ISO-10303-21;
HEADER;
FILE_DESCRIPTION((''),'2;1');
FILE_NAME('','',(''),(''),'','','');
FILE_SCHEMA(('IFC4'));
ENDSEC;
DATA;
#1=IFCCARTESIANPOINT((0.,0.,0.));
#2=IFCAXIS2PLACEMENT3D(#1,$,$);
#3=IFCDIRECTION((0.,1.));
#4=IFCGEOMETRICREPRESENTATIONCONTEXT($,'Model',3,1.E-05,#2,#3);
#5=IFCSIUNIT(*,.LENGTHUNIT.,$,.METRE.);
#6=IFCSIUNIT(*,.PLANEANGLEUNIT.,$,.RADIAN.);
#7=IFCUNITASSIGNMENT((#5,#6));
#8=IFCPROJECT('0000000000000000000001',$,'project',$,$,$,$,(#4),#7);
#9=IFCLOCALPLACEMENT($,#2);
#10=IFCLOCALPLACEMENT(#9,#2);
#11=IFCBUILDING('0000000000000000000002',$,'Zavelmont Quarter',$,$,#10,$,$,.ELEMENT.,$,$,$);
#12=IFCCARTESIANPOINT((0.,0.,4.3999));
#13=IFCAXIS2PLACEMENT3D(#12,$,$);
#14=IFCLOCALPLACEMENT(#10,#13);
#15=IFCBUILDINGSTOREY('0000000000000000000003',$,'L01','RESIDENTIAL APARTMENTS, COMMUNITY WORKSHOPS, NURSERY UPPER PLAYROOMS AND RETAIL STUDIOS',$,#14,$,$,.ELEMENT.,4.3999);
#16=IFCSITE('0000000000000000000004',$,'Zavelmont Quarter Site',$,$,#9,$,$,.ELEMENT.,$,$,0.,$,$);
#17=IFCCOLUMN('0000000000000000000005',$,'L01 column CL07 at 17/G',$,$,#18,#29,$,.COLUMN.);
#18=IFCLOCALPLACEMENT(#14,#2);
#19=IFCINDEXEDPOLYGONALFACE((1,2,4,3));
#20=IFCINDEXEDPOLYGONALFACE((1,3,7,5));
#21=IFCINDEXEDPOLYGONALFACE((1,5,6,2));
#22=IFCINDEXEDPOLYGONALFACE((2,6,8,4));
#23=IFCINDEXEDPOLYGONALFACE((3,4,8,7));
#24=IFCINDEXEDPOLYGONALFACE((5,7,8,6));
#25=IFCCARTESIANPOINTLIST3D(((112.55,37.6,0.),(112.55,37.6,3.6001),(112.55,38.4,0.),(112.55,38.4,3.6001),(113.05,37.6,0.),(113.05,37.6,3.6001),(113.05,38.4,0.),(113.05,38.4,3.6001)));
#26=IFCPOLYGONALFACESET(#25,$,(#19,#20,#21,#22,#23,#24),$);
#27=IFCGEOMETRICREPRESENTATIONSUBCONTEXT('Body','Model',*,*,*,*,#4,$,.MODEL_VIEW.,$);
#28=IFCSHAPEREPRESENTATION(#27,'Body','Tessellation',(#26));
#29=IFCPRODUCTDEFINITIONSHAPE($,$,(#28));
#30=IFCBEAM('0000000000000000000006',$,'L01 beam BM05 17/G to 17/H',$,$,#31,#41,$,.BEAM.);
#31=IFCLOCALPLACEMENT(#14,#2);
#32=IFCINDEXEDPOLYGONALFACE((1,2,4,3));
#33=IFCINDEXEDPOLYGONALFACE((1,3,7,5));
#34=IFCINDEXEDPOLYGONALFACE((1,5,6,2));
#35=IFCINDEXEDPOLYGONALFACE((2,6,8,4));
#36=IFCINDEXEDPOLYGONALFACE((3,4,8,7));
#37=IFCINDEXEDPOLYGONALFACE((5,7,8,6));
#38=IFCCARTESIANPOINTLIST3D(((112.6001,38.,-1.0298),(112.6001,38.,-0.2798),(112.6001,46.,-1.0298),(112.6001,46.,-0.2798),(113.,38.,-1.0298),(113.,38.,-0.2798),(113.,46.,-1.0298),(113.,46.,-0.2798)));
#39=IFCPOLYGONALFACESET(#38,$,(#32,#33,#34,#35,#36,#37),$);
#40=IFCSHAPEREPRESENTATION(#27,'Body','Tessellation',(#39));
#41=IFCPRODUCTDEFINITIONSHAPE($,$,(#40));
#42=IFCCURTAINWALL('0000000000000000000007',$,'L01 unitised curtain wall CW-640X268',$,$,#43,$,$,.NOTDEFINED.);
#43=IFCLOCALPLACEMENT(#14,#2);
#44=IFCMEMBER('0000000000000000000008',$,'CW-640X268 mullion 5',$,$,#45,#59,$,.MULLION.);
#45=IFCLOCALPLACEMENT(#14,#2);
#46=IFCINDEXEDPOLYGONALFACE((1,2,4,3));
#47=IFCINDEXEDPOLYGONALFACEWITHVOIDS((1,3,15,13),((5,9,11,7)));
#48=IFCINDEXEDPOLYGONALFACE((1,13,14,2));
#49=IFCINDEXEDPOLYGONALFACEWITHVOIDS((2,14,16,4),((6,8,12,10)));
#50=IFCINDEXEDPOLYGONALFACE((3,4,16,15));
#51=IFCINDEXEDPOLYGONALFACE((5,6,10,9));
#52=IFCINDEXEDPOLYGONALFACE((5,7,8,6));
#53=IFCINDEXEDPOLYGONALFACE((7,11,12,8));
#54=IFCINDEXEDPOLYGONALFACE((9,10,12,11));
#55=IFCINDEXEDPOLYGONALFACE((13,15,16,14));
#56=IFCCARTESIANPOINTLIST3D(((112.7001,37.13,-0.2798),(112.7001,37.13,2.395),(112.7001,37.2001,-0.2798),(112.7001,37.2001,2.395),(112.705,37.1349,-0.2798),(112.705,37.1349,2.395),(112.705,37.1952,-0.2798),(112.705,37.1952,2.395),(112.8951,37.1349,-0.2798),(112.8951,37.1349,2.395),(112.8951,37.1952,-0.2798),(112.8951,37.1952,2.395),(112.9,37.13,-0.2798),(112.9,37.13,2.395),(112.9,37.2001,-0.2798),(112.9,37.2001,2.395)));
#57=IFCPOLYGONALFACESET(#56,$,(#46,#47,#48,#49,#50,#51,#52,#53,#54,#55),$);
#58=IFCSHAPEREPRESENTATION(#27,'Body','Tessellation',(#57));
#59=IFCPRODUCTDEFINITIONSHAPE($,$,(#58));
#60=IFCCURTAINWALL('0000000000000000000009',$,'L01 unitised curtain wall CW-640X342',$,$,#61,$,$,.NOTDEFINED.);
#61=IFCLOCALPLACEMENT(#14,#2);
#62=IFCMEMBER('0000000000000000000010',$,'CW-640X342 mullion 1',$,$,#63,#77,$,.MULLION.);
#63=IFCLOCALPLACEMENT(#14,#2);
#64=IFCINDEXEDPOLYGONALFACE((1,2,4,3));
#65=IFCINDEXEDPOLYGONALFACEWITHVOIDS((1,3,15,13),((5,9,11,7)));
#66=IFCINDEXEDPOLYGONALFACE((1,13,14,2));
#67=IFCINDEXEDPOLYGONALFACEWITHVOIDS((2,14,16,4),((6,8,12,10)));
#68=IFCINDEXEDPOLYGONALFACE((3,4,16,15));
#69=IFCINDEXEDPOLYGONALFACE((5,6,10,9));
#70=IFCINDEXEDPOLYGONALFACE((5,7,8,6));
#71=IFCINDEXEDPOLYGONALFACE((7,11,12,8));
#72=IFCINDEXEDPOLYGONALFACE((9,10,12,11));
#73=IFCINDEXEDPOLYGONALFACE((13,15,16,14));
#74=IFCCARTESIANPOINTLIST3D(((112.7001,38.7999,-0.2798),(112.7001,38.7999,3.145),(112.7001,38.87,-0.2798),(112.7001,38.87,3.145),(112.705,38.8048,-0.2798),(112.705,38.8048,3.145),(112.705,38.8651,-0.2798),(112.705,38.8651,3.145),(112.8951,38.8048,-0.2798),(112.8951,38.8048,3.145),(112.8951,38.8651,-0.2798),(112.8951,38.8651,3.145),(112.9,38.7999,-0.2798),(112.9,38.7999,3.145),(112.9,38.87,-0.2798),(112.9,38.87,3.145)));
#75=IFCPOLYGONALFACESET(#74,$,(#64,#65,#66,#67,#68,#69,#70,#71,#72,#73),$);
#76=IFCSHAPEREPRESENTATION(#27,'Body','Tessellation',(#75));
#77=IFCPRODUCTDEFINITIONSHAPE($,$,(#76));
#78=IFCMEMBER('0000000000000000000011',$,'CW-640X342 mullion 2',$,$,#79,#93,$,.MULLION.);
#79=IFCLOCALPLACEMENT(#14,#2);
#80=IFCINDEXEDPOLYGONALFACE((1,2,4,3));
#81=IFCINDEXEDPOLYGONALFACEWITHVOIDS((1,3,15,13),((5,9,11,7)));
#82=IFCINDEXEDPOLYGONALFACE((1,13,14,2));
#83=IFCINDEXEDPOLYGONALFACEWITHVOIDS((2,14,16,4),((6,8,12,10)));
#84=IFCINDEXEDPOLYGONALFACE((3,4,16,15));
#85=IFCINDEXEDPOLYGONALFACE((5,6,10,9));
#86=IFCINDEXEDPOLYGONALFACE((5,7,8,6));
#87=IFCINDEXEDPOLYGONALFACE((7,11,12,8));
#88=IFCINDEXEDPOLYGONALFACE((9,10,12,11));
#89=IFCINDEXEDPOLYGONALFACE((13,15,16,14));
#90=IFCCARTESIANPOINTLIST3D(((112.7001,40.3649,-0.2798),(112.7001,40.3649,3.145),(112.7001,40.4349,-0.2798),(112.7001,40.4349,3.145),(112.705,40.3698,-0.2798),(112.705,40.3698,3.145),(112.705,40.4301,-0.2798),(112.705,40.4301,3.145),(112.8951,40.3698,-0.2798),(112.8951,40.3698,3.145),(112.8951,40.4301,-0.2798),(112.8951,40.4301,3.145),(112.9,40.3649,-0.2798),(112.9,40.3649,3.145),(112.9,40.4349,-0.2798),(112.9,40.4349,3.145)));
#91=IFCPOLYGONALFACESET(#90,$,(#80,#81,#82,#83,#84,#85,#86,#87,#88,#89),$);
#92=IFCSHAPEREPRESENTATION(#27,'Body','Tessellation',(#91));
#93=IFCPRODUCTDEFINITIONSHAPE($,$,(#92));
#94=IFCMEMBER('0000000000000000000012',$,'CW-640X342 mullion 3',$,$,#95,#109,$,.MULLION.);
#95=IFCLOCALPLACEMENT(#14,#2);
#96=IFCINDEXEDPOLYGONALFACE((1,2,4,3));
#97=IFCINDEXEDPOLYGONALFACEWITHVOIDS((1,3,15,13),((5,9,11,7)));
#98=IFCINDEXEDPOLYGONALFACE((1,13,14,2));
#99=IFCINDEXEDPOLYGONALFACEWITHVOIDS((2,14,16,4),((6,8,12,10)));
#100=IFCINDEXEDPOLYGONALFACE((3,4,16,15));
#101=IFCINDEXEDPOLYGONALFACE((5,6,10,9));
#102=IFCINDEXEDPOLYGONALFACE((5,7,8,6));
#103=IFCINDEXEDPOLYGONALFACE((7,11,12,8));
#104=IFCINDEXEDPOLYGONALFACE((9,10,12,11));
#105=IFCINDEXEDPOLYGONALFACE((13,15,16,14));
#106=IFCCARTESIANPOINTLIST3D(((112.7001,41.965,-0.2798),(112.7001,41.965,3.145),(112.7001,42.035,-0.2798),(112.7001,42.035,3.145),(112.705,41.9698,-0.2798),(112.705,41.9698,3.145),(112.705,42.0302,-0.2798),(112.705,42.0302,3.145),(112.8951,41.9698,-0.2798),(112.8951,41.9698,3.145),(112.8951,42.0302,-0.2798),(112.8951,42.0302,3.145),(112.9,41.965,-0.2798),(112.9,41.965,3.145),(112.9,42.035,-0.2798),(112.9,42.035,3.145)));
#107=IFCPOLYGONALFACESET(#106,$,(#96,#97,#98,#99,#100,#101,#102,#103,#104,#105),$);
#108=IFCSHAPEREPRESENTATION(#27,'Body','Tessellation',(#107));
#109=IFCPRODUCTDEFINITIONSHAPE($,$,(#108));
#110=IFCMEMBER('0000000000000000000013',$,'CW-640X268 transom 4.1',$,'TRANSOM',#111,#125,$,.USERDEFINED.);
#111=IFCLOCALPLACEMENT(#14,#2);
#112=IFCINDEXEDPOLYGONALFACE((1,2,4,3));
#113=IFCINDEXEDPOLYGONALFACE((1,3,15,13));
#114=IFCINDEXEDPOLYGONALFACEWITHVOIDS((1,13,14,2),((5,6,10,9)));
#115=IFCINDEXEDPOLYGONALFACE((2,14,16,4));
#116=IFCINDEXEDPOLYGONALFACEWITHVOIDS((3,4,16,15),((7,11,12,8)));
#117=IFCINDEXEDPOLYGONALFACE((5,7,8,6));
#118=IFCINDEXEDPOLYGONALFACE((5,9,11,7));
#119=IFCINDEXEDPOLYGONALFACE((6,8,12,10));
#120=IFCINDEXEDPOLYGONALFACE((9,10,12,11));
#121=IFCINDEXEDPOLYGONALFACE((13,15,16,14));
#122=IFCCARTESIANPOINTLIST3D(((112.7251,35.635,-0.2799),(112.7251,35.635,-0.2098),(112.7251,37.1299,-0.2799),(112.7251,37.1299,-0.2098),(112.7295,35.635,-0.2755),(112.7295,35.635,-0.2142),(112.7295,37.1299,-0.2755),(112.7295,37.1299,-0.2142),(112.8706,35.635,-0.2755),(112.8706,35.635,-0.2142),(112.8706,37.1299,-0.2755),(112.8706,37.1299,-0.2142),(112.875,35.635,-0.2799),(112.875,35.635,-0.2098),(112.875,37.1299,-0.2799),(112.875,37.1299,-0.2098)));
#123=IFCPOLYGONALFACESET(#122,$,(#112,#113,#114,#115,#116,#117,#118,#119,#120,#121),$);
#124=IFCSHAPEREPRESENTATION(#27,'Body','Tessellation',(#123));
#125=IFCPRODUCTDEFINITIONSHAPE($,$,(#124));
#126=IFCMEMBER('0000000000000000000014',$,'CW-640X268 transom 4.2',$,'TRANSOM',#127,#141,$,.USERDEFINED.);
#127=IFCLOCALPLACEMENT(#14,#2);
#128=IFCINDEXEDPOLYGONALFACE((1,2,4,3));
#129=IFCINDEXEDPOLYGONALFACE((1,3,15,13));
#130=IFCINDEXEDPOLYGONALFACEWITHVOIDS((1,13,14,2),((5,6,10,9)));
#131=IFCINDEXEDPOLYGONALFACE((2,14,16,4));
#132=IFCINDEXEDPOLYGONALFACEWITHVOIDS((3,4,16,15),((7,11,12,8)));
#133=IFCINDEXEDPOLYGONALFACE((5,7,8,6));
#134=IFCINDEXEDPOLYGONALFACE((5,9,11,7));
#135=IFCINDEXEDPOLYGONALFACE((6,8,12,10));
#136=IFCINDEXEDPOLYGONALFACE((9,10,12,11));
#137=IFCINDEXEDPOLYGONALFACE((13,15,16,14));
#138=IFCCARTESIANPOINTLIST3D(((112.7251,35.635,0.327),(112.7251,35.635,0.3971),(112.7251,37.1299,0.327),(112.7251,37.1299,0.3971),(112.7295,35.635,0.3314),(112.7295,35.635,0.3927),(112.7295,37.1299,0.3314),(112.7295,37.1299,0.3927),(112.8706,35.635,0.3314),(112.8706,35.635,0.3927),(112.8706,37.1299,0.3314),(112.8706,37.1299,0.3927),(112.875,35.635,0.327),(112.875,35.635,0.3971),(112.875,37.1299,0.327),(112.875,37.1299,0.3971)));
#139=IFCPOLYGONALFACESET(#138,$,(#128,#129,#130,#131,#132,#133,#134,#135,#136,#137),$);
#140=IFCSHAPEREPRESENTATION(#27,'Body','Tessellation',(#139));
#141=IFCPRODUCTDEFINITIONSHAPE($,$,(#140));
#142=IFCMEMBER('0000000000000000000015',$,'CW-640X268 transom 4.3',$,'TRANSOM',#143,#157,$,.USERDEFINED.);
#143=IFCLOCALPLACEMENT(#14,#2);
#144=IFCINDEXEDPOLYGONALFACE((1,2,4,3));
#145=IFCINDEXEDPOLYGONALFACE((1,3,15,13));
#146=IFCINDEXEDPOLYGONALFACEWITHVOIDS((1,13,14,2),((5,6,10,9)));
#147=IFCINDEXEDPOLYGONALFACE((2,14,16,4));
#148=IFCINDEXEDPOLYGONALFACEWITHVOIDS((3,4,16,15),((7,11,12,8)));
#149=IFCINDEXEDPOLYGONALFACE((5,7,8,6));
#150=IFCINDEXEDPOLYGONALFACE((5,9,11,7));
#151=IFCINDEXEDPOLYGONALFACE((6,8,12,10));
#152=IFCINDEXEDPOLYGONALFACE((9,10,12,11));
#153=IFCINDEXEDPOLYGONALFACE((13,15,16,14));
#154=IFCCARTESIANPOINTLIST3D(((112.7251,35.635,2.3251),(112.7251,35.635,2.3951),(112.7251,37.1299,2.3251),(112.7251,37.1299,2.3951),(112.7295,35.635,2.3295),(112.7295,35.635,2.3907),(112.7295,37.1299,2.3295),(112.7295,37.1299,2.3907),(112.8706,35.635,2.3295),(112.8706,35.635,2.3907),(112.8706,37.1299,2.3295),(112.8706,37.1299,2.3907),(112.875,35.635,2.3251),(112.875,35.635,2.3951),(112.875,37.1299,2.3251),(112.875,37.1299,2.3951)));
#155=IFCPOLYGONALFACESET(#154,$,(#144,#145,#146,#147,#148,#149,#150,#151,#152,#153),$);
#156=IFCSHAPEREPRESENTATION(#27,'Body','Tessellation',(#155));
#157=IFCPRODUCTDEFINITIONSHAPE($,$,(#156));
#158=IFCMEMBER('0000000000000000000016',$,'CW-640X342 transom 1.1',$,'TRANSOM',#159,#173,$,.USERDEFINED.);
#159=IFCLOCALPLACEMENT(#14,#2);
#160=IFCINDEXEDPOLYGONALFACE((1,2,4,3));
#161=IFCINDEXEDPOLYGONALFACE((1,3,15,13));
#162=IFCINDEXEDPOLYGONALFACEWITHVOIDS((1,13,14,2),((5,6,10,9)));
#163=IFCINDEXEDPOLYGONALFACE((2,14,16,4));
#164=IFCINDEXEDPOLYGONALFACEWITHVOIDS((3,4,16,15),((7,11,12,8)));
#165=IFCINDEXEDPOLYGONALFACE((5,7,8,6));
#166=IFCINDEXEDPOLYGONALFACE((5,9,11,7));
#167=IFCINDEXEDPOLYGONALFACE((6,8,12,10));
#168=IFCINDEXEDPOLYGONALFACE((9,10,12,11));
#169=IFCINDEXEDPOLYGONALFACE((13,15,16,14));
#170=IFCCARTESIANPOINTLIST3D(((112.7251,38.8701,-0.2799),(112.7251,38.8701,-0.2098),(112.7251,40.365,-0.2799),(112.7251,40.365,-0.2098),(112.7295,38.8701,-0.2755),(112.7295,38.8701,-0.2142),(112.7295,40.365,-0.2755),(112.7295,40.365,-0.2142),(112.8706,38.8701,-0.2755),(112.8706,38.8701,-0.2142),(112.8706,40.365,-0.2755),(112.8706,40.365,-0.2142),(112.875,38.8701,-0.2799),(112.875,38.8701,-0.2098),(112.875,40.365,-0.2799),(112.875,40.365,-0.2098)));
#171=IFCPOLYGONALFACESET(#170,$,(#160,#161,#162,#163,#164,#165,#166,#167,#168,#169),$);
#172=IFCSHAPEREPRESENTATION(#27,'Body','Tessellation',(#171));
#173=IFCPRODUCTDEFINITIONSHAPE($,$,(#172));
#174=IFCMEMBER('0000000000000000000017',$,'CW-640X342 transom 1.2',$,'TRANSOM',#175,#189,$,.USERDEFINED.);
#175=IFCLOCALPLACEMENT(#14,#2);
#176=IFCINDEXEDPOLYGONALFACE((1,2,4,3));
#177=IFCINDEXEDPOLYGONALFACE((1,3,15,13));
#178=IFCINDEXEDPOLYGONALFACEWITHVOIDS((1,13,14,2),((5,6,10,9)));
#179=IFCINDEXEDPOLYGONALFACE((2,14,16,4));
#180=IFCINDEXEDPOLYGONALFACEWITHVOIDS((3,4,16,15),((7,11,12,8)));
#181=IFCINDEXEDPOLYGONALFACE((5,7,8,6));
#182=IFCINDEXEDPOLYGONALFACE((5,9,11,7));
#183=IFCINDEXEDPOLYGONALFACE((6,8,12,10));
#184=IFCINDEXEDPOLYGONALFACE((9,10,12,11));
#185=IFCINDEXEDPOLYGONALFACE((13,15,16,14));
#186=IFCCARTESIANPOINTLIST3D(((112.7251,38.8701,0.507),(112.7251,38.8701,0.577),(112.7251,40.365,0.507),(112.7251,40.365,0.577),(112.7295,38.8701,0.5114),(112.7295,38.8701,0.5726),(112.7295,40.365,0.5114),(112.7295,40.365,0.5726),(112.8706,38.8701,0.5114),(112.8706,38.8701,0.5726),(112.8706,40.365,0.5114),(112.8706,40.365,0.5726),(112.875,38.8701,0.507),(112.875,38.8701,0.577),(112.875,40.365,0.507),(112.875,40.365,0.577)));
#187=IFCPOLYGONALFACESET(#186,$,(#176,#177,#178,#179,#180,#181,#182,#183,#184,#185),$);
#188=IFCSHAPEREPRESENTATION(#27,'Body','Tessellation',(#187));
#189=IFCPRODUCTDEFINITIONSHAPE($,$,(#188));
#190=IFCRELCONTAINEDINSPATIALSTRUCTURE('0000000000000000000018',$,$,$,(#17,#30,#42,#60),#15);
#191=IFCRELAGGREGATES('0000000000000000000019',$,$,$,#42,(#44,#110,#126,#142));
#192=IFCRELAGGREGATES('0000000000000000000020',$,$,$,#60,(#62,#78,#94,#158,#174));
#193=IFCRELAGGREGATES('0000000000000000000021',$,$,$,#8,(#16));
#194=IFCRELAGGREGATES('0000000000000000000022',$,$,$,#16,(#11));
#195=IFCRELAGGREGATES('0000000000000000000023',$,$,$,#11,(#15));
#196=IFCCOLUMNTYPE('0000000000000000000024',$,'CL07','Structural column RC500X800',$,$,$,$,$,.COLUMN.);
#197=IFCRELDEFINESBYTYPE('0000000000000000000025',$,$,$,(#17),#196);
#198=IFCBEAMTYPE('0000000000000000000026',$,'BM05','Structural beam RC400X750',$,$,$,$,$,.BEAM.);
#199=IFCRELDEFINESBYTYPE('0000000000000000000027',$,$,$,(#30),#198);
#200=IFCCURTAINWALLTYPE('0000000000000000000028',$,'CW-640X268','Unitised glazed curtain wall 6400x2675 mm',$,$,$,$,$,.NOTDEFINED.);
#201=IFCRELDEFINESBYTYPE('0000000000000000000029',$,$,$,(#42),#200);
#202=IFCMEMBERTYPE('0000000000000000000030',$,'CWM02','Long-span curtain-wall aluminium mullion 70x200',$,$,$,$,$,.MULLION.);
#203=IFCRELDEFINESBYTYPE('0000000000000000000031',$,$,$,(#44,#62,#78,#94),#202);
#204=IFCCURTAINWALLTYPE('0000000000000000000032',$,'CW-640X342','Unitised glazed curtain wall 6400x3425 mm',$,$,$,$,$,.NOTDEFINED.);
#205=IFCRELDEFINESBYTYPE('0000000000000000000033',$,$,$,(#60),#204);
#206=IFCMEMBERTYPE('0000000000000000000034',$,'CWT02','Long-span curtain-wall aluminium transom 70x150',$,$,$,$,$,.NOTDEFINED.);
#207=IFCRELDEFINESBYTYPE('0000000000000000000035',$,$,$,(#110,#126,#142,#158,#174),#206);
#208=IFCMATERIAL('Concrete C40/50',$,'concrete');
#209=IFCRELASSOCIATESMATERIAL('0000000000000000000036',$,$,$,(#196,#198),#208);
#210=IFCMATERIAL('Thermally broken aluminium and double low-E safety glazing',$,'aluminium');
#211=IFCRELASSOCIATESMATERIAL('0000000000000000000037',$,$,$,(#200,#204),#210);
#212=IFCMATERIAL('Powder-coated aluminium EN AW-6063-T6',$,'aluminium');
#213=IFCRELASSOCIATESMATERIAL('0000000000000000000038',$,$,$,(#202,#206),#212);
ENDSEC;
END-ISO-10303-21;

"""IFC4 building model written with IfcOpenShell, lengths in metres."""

from ifc_helpers import new_model, si_unit, direction, frame, origin, origin_2d, place, context, subcontext, project, spatial, rectangle, hollow_rectangle, extrude, material, material_profile, profile_set, type_object, element, aggregate, save


model = new_model("IFC4")

# Units and contexts
model_context = context("Model", 3, precision=1e-05, world=origin(), true_north=direction((0.0, 1.0)))
body_context = subcontext(model_context, "Body", "Model", "MODEL_VIEW")
ifc_project = project(units=[si_unit("LENGTHUNIT", "METRE"), si_unit("PLANEANGLEUNIT", "RADIAN")], contexts=[model_context])

# Site, building, storey
site_placement = place(None, origin())
site = spatial("IfcSite", under=ifc_project, at=site_placement, Name="Zavelmont Quarter Site", CompositionType="ELEMENT", RefElevation=0.0)
building_placement = place(site_placement, origin())
building = spatial("IfcBuilding", under=site, at=building_placement, Name="Zavelmont Quarter", CompositionType="ELEMENT")
storey_placement = place(building_placement, frame((0.0, 0.0, 4.3999)))
storey = spatial("IfcBuildingStorey", under=building, at=storey_placement, Name="L01", Description="RESIDENTIAL APARTMENTS, COMMUNITY WORKSHOPS, NURSERY UPPER PLAYROOMS AND RETAIL STUDIOS", CompositionType="ELEMENT", Elevation=4.3999)

# Column
ifc_material_1 = material(Name="Concrete C40/50", Category="concrete")
ifc_material_profile_1 = material_profile(ifc_material_1, rectangle(XDim=0.5, YDim=0.8, at=origin_2d()), Name="RC500X800")
ifc_profile_set_1 = profile_set([ifc_material_profile_1], Name="Concrete C40/50")
column_type = type_object("IfcColumnType", Name="CL07", Description="Structural column RC500X800", PredefinedType="COLUMN", material=ifc_profile_set_1)
column_placement = place(storey_placement, frame((112.8, 38.0, 0.0), z_axis=(0.0, 0.0, 1.0), x_axis=(1.0, 0.0, 0.0)))
element("IfcColumn", 1, at=column_placement, inside=storey, type_object=column_type, Name="L01 column CL07 at 17/G", PredefinedType="COLUMN", context=body_context, shape_type="SweptSolid", body=[
    extrude(rectangle(XDim=0.5, YDim=0.8, at=origin_2d()), origin(), (0.0, 0.0, 1.0), 3.6001),
])

# Beam
ifc_material_profile_2 = material_profile(ifc_material_1, rectangle(XDim=0.3999, YDim=0.75, at=origin_2d()), Name="RC400X750")
ifc_profile_set_2 = profile_set([ifc_material_profile_2], Name="Concrete C40/50")
beam_type = type_object("IfcBeamType", Name="BM05", Description="Structural beam RC400X750", PredefinedType="BEAM", material=ifc_profile_set_2)
beam_placement = place(storey_placement, frame((112.8, 38.0, -0.6548), z_axis=(0.0, 1.0, 0.0), x_axis=(-1.0, 0.0, 0.0)))
element("IfcBeam", 2, at=beam_placement, inside=storey, type_object=beam_type, Name="L01 beam BM05 17/G to 17/H", PredefinedType="BEAM", context=body_context, shape_type="SweptSolid", body=[
    extrude(rectangle(XDim=0.3999, YDim=0.75, at=origin_2d()), origin(), (0.0, 0.0, 1.0), 8.0),
])

# Curtain wall, member
ifc_material_2 = material(Name="Thermally broken aluminium and double low-E safety glazing", Category="aluminium")
curtain_wall_type_1 = type_object("IfcCurtainWallType", Name="CW-640X268", Description="Unitised glazed curtain wall 6400x2675 mm", PredefinedType="NOTDEFINED", material=ifc_material_2)
curtain_wall_1_placement = place(storey_placement, origin())
curtain_wall_1 = element("IfcCurtainWall", 3, at=curtain_wall_1_placement, inside=storey, type_object=curtain_wall_type_1, Name="L01 unitised curtain wall CW-640X268", PredefinedType="NOTDEFINED")
ifc_material_3 = material(Name="Powder-coated aluminium EN AW-6063-T6", Category="aluminium")
ifc_material_profile_3 = material_profile(ifc_material_3, hollow_rectangle(XDim=0.0701, YDim=0.2, WallThickness=0.0049, at=origin_2d()), Name="CWM70X200")
ifc_profile_set_3 = profile_set([ifc_material_profile_3], Name="Powder-coated aluminium EN AW-6063-T6")
member_type_1 = type_object("IfcMemberType", Name="CWM02", Description="Long-span curtain-wall aluminium mullion 70x200", PredefinedType="MULLION", material=ifc_profile_set_3)
member_1_placement = place(storey_placement, frame((112.8, 37.165, -0.2798), z_axis=(0.0, 0.0, 1.0), x_axis=(0.0, 1.0, 0.0)))
member_1 = element("IfcMember", 4, at=member_1_placement, type_object=member_type_1, Name="CW-640X268 mullion 5", PredefinedType="MULLION", context=body_context, shape_type="SweptSolid", body=[
    extrude(hollow_rectangle(XDim=0.0701, YDim=0.2, WallThickness=0.0049, at=origin_2d()), origin(), (0.0, 0.0, 1.0), 2.6748),
])

# Curtain wall, members
curtain_wall_type_2 = type_object("IfcCurtainWallType", Name="CW-640X342", Description="Unitised glazed curtain wall 6400x3425 mm", PredefinedType="NOTDEFINED", material=ifc_material_2)
curtain_wall_2_placement = place(storey_placement, origin())
curtain_wall_2 = element("IfcCurtainWall", 5, at=curtain_wall_2_placement, inside=storey, type_object=curtain_wall_type_2, Name="L01 unitised curtain wall CW-640X342", PredefinedType="NOTDEFINED")
member_2_placement = place(storey_placement, frame((112.8, 38.835, -0.2798), z_axis=(0.0, 0.0, 1.0), x_axis=(0.0, 1.0, 0.0)))
member_2 = element("IfcMember", 6, at=member_2_placement, type_object=member_type_1, Name="CW-640X342 mullion 1", PredefinedType="MULLION", context=body_context, shape_type="SweptSolid", body=[
    extrude(hollow_rectangle(XDim=0.0701, YDim=0.2, WallThickness=0.0049, at=origin_2d()), origin(), (0.0, 0.0, 1.0), 3.4248),
])
member_3_placement = place(storey_placement, frame((112.8, 40.3999, -0.2798), z_axis=(0.0, 0.0, 1.0), x_axis=(0.0, 1.0, 0.0)))
member_3 = element("IfcMember", 7, at=member_3_placement, type_object=member_type_1, Name="CW-640X342 mullion 2", PredefinedType="MULLION", context=body_context, shape_type="SweptSolid", body=[
    extrude(hollow_rectangle(XDim=0.0701, YDim=0.2, WallThickness=0.0049, at=origin_2d()), origin(), (0.0, 0.0, 1.0), 3.4248),
])
member_4_placement = place(storey_placement, frame((112.8, 42.0, -0.2798), z_axis=(0.0, 0.0, 1.0), x_axis=(0.0, 1.0, 0.0)))
member_4 = element("IfcMember", 8, at=member_4_placement, type_object=member_type_1, Name="CW-640X342 mullion 3", PredefinedType="MULLION", context=body_context, shape_type="SweptSolid", body=[
    extrude(hollow_rectangle(XDim=0.0701, YDim=0.2, WallThickness=0.0049, at=origin_2d()), origin(), (0.0, 0.0, 1.0), 3.4248),
])

# Members
ifc_material_profile_4 = material_profile(ifc_material_3, hollow_rectangle(XDim=0.1499, YDim=0.0701, WallThickness=0.0044, at=origin_2d()), Name="CWT70X150")
ifc_profile_set_4 = profile_set([ifc_material_profile_4], Name="Powder-coated aluminium EN AW-6063-T6")
member_type_2 = type_object("IfcMemberType", Name="CWT02", Description="Long-span curtain-wall aluminium transom 70x150", PredefinedType="NOTDEFINED", material=ifc_profile_set_4)
member_5_placement = place(storey_placement, frame((112.8, 35.635, -0.2449), z_axis=(0.0, 1.0, 0.0), x_axis=(-1.0, 0.0, 0.0)))
member_5 = element("IfcMember", 9, at=member_5_placement, type_object=member_type_2, Name="CW-640X268 transom 4.1", ObjectType="TRANSOM", PredefinedType="USERDEFINED", context=body_context, shape_type="SweptSolid", body=[
    extrude(hollow_rectangle(XDim=0.1499, YDim=0.0701, WallThickness=0.0044, at=origin_2d()), origin(), (0.0, 0.0, 1.0), 1.4949),
])
member_6_placement = place(storey_placement, frame((112.8, 35.635, 0.3621), z_axis=(0.0, 1.0, 0.0), x_axis=(-1.0, 0.0, 0.0)))
member_6 = element("IfcMember", 10, at=member_6_placement, type_object=member_type_2, Name="CW-640X268 transom 4.2", ObjectType="TRANSOM", PredefinedType="USERDEFINED", context=body_context, shape_type="SweptSolid", body=[
    extrude(hollow_rectangle(XDim=0.1499, YDim=0.0701, WallThickness=0.0044, at=origin_2d()), origin(), (0.0, 0.0, 1.0), 1.4949),
])
member_7_placement = place(storey_placement, frame((112.8, 35.635, 2.3601), z_axis=(0.0, 1.0, 0.0), x_axis=(-1.0, 0.0, 0.0)))
member_7 = element("IfcMember", 11, at=member_7_placement, type_object=member_type_2, Name="CW-640X268 transom 4.3", ObjectType="TRANSOM", PredefinedType="USERDEFINED", context=body_context, shape_type="SweptSolid", body=[
    extrude(hollow_rectangle(XDim=0.1499, YDim=0.0701, WallThickness=0.0044, at=origin_2d()), origin(), (0.0, 0.0, 1.0), 1.4949),
])
member_8_placement = place(storey_placement, frame((112.8, 38.8701, -0.2449), z_axis=(0.0, 1.0, 0.0), x_axis=(-1.0, 0.0, 0.0)))
member_8 = element("IfcMember", 12, at=member_8_placement, type_object=member_type_2, Name="CW-640X342 transom 1.1", ObjectType="TRANSOM", PredefinedType="USERDEFINED", context=body_context, shape_type="SweptSolid", body=[
    extrude(hollow_rectangle(XDim=0.1499, YDim=0.0701, WallThickness=0.0044, at=origin_2d()), origin(), (0.0, 0.0, 1.0), 1.4949),
])
member_9_placement = place(storey_placement, frame((112.8, 38.8701, 0.542), z_axis=(0.0, 1.0, 0.0), x_axis=(-1.0, 0.0, 0.0)))
member_9 = element("IfcMember", 13, at=member_9_placement, type_object=member_type_2, Name="CW-640X342 transom 1.2", ObjectType="TRANSOM", PredefinedType="USERDEFINED", context=body_context, shape_type="SweptSolid", body=[
    extrude(hollow_rectangle(XDim=0.1499, YDim=0.0701, WallThickness=0.0044, at=origin_2d()), origin(), (0.0, 0.0, 1.0), 1.4949),
])

aggregate(curtain_wall_1, [member_1, member_5, member_6, member_7])
aggregate(curtain_wall_2, [member_2, member_3, member_4, member_8, member_9])

save(model, "model.ifc")
